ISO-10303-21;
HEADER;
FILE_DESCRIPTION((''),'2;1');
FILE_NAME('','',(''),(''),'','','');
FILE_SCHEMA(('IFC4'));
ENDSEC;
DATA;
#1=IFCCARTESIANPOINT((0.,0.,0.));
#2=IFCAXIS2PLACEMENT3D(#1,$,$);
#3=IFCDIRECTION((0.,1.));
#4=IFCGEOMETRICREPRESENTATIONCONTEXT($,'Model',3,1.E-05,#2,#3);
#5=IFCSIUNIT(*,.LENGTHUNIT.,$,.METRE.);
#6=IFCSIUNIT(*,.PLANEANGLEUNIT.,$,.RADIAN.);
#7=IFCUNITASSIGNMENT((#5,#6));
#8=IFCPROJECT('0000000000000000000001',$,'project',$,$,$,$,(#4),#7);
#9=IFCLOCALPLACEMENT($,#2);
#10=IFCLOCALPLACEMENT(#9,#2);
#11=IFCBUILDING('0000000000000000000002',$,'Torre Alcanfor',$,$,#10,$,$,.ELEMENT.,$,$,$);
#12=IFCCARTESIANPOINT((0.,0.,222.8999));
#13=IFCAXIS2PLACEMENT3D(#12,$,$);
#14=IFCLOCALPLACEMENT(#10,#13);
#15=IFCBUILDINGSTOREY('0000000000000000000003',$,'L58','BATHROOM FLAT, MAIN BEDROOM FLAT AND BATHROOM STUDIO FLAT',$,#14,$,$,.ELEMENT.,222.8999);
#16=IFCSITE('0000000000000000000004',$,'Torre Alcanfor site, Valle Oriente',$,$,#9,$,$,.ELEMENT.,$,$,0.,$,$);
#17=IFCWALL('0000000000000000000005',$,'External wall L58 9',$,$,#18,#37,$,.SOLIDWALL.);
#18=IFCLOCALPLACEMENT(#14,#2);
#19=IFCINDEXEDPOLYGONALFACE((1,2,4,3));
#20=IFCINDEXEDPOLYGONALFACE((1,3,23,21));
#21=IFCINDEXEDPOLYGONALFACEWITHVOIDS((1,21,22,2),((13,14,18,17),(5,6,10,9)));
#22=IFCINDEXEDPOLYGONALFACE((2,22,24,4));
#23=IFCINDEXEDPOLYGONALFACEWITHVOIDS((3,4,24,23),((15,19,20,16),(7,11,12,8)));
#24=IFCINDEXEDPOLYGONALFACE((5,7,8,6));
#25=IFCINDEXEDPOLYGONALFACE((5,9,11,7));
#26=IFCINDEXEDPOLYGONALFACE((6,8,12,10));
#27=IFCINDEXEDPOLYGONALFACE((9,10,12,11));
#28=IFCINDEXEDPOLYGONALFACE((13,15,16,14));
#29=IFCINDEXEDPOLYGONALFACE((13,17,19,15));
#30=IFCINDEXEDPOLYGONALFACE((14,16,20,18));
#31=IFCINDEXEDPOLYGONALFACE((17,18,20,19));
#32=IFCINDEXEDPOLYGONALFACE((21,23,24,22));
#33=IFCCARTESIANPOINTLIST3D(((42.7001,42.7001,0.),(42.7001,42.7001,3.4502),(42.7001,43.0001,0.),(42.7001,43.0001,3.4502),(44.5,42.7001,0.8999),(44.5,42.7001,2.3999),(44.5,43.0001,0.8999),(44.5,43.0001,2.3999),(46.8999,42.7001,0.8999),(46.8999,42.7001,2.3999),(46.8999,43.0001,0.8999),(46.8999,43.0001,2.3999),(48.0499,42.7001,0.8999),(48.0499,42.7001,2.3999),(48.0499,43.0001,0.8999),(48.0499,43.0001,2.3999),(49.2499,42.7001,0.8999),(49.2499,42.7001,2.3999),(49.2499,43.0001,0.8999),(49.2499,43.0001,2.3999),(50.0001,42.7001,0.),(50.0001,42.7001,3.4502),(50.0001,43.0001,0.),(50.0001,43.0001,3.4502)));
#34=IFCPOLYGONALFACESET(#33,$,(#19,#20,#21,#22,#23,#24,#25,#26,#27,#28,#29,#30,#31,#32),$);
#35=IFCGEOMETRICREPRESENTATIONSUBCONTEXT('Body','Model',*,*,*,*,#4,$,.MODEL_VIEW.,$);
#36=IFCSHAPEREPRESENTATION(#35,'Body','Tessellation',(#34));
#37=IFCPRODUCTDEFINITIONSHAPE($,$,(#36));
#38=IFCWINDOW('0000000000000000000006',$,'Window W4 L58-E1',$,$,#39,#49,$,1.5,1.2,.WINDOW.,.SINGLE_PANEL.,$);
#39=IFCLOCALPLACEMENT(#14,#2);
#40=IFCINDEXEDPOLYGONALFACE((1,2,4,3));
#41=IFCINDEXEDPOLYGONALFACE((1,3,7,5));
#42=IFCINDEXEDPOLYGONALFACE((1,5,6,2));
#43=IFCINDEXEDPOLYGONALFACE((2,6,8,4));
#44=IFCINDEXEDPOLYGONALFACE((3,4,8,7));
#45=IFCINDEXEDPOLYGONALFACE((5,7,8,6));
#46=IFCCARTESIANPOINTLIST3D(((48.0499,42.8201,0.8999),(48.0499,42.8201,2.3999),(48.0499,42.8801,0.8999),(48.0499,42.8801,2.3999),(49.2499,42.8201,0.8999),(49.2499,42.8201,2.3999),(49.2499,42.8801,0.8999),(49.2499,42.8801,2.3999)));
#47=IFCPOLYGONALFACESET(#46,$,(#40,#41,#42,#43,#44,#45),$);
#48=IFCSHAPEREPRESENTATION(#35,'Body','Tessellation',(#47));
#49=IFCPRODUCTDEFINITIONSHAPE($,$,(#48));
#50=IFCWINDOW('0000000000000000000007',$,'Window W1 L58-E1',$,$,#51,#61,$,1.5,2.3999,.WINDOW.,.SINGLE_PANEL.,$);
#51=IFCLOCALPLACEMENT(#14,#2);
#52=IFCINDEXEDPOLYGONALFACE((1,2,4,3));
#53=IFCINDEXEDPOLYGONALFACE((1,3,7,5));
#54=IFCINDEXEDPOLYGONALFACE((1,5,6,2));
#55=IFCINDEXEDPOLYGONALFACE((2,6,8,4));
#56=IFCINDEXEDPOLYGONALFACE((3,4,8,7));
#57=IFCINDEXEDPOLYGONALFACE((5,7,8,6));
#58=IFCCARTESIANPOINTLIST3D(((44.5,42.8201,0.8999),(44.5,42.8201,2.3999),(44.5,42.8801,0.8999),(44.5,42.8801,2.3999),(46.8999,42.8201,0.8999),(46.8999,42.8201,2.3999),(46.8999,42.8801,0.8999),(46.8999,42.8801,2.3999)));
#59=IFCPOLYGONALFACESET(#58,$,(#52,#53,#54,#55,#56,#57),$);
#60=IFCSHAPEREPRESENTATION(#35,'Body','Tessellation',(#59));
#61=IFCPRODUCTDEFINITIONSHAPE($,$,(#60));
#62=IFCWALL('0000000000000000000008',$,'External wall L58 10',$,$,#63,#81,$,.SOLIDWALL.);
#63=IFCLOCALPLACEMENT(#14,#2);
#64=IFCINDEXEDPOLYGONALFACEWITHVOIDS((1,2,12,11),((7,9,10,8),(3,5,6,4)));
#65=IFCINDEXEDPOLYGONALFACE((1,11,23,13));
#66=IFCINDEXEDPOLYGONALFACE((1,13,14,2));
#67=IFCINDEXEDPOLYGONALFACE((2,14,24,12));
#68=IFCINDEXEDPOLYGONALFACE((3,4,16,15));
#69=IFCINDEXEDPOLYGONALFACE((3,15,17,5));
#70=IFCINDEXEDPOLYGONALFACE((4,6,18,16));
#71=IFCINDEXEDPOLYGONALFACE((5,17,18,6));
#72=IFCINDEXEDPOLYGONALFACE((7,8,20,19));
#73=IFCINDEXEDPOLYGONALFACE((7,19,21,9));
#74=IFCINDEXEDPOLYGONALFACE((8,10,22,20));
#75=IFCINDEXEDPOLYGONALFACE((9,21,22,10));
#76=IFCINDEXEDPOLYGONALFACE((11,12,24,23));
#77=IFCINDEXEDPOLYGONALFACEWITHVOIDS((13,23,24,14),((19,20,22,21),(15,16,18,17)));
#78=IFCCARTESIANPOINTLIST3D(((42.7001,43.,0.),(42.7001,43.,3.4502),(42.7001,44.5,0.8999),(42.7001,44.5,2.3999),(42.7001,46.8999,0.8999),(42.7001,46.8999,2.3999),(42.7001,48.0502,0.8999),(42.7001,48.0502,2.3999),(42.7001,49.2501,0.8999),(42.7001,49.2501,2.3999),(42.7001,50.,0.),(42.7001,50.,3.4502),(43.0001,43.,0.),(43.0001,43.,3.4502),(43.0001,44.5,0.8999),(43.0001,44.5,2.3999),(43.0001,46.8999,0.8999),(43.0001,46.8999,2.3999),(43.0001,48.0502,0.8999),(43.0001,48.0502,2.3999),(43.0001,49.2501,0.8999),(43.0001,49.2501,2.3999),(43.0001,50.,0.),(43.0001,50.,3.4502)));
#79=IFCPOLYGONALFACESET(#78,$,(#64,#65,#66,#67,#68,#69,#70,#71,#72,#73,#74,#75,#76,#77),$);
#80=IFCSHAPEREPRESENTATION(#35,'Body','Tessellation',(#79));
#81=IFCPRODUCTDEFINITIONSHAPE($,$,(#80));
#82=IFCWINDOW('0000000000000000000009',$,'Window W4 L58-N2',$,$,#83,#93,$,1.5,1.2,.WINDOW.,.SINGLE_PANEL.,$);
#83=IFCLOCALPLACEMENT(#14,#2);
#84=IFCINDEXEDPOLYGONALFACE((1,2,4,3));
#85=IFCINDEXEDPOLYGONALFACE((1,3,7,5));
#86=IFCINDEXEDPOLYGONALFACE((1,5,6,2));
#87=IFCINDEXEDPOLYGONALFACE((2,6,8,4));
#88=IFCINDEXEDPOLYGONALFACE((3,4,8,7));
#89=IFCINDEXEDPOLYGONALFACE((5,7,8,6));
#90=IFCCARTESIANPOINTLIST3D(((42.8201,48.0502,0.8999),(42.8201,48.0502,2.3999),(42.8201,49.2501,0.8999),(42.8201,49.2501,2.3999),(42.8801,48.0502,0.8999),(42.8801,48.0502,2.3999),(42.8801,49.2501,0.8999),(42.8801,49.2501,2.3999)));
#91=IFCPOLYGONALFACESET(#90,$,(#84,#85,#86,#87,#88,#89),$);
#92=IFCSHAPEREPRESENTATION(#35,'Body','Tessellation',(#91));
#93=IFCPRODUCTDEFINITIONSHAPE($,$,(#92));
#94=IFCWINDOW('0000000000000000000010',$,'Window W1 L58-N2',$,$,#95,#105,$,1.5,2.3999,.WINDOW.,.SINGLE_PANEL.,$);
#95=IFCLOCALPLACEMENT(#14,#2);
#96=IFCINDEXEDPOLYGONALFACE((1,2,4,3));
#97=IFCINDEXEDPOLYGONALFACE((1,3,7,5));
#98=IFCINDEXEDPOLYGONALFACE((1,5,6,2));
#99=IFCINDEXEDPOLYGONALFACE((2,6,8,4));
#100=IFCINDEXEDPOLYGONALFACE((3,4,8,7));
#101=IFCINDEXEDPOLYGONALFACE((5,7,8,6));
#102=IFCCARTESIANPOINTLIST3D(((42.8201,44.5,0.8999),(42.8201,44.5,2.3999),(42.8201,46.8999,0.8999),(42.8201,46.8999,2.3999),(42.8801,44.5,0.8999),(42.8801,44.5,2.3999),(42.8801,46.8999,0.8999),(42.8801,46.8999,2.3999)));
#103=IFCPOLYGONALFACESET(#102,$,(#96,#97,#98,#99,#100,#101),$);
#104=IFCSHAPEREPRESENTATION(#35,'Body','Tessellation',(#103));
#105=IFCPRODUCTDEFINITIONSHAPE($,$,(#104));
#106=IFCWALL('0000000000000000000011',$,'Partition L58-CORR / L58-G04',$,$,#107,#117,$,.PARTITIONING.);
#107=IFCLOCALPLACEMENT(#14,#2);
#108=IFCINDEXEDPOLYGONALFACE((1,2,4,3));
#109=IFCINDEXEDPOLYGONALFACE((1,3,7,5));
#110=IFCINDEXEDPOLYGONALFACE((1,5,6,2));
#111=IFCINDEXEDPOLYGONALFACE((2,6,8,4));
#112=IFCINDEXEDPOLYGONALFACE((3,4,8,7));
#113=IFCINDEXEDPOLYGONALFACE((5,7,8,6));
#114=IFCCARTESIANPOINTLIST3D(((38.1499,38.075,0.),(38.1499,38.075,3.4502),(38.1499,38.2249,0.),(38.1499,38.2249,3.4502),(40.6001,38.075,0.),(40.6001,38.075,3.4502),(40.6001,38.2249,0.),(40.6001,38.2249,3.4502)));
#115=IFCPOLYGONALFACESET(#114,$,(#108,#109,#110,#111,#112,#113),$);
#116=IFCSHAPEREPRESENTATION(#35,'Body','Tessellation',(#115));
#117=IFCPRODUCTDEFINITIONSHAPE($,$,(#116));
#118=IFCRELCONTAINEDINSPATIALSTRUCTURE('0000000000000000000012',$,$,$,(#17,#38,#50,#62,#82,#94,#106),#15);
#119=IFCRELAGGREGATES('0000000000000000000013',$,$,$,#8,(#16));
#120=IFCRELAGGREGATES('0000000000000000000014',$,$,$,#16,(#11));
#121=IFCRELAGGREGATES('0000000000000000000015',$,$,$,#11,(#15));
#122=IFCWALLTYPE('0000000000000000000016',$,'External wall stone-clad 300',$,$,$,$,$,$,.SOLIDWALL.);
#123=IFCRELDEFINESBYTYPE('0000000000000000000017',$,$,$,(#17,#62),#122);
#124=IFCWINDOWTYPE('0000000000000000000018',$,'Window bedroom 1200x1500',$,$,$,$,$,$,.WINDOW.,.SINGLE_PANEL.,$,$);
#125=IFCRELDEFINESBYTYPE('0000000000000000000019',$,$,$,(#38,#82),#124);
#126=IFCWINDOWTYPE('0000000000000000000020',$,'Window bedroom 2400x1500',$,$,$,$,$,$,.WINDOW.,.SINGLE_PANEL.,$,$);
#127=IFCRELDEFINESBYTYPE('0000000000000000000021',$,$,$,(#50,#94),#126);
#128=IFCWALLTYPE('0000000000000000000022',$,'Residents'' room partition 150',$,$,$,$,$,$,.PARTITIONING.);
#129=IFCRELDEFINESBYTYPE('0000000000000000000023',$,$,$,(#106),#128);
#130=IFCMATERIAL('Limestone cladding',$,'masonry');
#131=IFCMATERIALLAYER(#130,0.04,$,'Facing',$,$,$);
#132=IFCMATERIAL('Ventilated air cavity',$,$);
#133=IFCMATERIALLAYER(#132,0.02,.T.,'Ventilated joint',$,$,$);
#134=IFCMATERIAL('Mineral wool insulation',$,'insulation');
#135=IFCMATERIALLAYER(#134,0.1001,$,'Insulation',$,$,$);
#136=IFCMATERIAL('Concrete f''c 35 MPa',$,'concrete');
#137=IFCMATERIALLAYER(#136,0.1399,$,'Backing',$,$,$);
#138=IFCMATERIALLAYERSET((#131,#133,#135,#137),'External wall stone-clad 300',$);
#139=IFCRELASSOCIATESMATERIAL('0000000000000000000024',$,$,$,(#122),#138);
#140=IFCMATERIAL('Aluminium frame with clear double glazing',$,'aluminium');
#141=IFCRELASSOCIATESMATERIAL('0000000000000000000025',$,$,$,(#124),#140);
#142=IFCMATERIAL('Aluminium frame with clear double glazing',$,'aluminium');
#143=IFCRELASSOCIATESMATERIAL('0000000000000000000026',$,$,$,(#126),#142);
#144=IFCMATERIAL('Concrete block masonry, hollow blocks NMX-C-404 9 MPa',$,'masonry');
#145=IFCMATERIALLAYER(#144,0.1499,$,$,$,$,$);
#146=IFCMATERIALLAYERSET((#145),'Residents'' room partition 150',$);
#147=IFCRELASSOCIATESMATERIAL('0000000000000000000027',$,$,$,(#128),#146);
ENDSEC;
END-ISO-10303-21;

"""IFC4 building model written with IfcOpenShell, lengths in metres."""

from ifc_helpers import new_model, si_unit, direction, frame, frame_2d, origin, place, context, subcontext, project, spatial, rectangle, extrude, material, layer, layer_set, type_object, element, fill, save


model = new_model("IFC4")

# Units and contexts
model_context = context("Model", 3, precision=1e-05, world=origin(), true_north=direction((0.0, 1.0)))
body_context = subcontext(model_context, "Body", "Model", "MODEL_VIEW")
ifc_project = project(units=[si_unit("LENGTHUNIT", "METRE"), si_unit("PLANEANGLEUNIT", "RADIAN")], contexts=[model_context])

# Site, building, storey
site_placement = place(None, origin())
site = spatial("IfcSite", under=ifc_project, at=site_placement, Name="Torre Alcanfor site, Valle Oriente", CompositionType="ELEMENT", RefElevation=0.0)
building_placement = place(site_placement, origin())
building = spatial("IfcBuilding", under=site, at=building_placement, Name="Torre Alcanfor", CompositionType="ELEMENT")
storey_placement = place(building_placement, frame((0.0, 0.0, 222.8999)))
storey = spatial("IfcBuildingStorey", under=building, at=storey_placement, Name="L58", Description="BATHROOM FLAT, MAIN BEDROOM FLAT AND BATHROOM STUDIO FLAT", CompositionType="ELEMENT", Elevation=222.8999)

# Walls, openings, windows
ifc_material_1 = material(Name="Limestone cladding", Category="masonry")
ifc_layer_1 = layer(ifc_material_1, 0.04, Name="Facing")
ifc_material_2 = material(Name="Ventilated air cavity")
ifc_layer_2 = layer(ifc_material_2, 0.02, ventilated=True, Name="Ventilated joint")
ifc_material_3 = material(Name="Mineral wool insulation", Category="insulation")
ifc_layer_3 = layer(ifc_material_3, 0.1001, Name="Insulation")
ifc_material_4 = material(Name="Concrete f'c 35 MPa", Category="concrete")
ifc_layer_4 = layer(ifc_material_4, 0.1399, Name="Backing")
ifc_layer_set_1 = layer_set([ifc_layer_1, ifc_layer_2, ifc_layer_3, ifc_layer_4], Name="External wall stone-clad 300")
wall_type_1 = type_object("IfcWallType", Name="External wall stone-clad 300", PredefinedType="SOLIDWALL", material=ifc_layer_set_1)
wall_1_placement = place(storey_placement, frame((50.0, 42.8501, 0.0), z_axis=(0.0, 0.0, 1.0), x_axis=(-1.0, 0.0, 0.0)))
wall_1 = element("IfcWall", 1, at=wall_1_placement, inside=storey, type_object=wall_type_1, Name="External wall L58 9", PredefinedType="SOLIDWALL", context=body_context, shape_type="SweptSolid", body=[
    extrude(rectangle(XDim=7.3, YDim=0.3, at=frame_2d((3.6499, 0.0))), origin(), (0.0, 0.0, 1.0), 3.4502),
])
opening_1_placement = place(wall_1_placement, frame((3.1001, 0.0, 0.8999)))
opening_1 = element("IfcOpeningElement", 2, at=opening_1_placement, cuts=wall_1, PredefinedType="OPENING", context=body_context, shape_type="SweptSolid", body=[
    extrude(rectangle(XDim=2.3999, YDim=1.5, at=frame_2d((1.2, 0.75))), frame((0.0, 0.1599, 0.0), z_axis=(0.0, -1.0, 0.0), x_axis=(1.0, 0.0, 0.0)), (0.0, 0.0, 1.0), 0.3201),
])
opening_2_placement = place(wall_1_placement, frame((0.75, 0.0, 0.8999)))
opening_2 = element("IfcOpeningElement", 3, at=opening_2_placement, cuts=wall_1, PredefinedType="OPENING", context=body_context, shape_type="SweptSolid", body=[
    extrude(rectangle(XDim=1.2, YDim=1.5, at=frame_2d((0.6001, 0.75))), frame((0.0, 0.1599, 0.0), z_axis=(0.0, -1.0, 0.0), x_axis=(1.0, 0.0, 0.0)), (0.0, 0.0, 1.0), 0.3201),
])
ifc_material_5 = material(Name="Aluminium frame with clear double glazing", Category="aluminium")
window_type_1 = type_object("IfcWindowType", Name="Window bedroom 1200x1500", PartitioningType="SINGLE_PANEL", PredefinedType="WINDOW", material=ifc_material_5)
window_1_placement = place(opening_2_placement, origin())
window_1 = element("IfcWindow", 4, at=window_1_placement, inside=storey, type_object=window_type_1, Name="Window W4 L58-E1", OverallHeight=1.5, OverallWidth=1.2, PartitioningType="SINGLE_PANEL", PredefinedType="WINDOW", context=body_context, shape_type="SweptSolid", body=[
    extrude(rectangle(XDim=1.2, YDim=1.5, at=frame_2d((0.6001, 0.75))), frame((0.0, 0.03, 0.0), z_axis=(0.0, -1.0, 0.0), x_axis=(1.0, 0.0, 0.0)), (0.0, 0.0, 1.0), 0.0601),
])
fill(opening_2, window_1)
ifc_material_6 = material(Name="Aluminium frame with clear double glazing", Category="aluminium")
window_type_2 = type_object("IfcWindowType", Name="Window bedroom 2400x1500", PartitioningType="SINGLE_PANEL", PredefinedType="WINDOW", material=ifc_material_6)
window_2_placement = place(opening_1_placement, origin())
window_2 = element("IfcWindow", 5, at=window_2_placement, inside=storey, type_object=window_type_2, Name="Window W1 L58-E1", OverallHeight=1.5, OverallWidth=2.3999, PartitioningType="SINGLE_PANEL", PredefinedType="WINDOW", context=body_context, shape_type="SweptSolid", body=[
    extrude(rectangle(XDim=2.3999, YDim=1.5, at=frame_2d((1.2, 0.75))), frame((0.0, 0.03, 0.0), z_axis=(0.0, -1.0, 0.0), x_axis=(1.0, 0.0, 0.0)), (0.0, 0.0, 1.0), 0.0601),
])
fill(opening_1, window_2)
wall_2_placement = place(storey_placement, frame((42.8501, 43.0, 0.0), z_axis=(0.0, 0.0, 1.0), x_axis=(0.0, 1.0, 0.0)))
wall_2 = element("IfcWall", 6, at=wall_2_placement, inside=storey, type_object=wall_type_1, Name="External wall L58 10", PredefinedType="SOLIDWALL", context=body_context, shape_type="SweptSolid", body=[
    extrude(rectangle(XDim=7.0, YDim=0.3, at=frame_2d((3.5, 0.0))), origin(), (0.0, 0.0, 1.0), 3.4502),
])
opening_3_placement = place(wall_2_placement, frame((1.5, 0.0, 0.8999)))
opening_3 = element("IfcOpeningElement", 7, at=opening_3_placement, cuts=wall_2, PredefinedType="OPENING", context=body_context, shape_type="SweptSolid", body=[
    extrude(rectangle(XDim=2.3999, YDim=1.5, at=frame_2d((1.2, 0.75))), frame((0.0, 0.1599, 0.0), z_axis=(0.0, -1.0, 0.0), x_axis=(1.0, 0.0, 0.0)), (0.0, 0.0, 1.0), 0.3201),
])
opening_4_placement = place(wall_2_placement, frame((5.05, 0.0, 0.8999)))
opening_4 = element("IfcOpeningElement", 8, at=opening_4_placement, cuts=wall_2, PredefinedType="OPENING", context=body_context, shape_type="SweptSolid", body=[
    extrude(rectangle(XDim=1.2, YDim=1.5, at=frame_2d((0.6001, 0.75))), frame((0.0, 0.1599, 0.0), z_axis=(0.0, -1.0, 0.0), x_axis=(1.0, 0.0, 0.0)), (0.0, 0.0, 1.0), 0.3201),
])
window_3_placement = place(opening_4_placement, origin())
window_3 = element("IfcWindow", 9, at=window_3_placement, inside=storey, type_object=window_type_1, Name="Window W4 L58-N2", OverallHeight=1.5, OverallWidth=1.2, PartitioningType="SINGLE_PANEL", PredefinedType="WINDOW", context=body_context, shape_type="SweptSolid", body=[
    extrude(rectangle(XDim=1.2, YDim=1.5, at=frame_2d((0.6001, 0.75))), frame((0.0, 0.03, 0.0), z_axis=(0.0, -1.0, 0.0), x_axis=(1.0, 0.0, 0.0)), (0.0, 0.0, 1.0), 0.0601),
])
fill(opening_4, window_3)
window_4_placement = place(opening_3_placement, origin())
window_4 = element("IfcWindow", 10, at=window_4_placement, inside=storey, type_object=window_type_2, Name="Window W1 L58-N2", OverallHeight=1.5, OverallWidth=2.3999, PartitioningType="SINGLE_PANEL", PredefinedType="WINDOW", context=body_context, shape_type="SweptSolid", body=[
    extrude(rectangle(XDim=2.3999, YDim=1.5, at=frame_2d((1.2, 0.75))), frame((0.0, 0.03, 0.0), z_axis=(0.0, -1.0, 0.0), x_axis=(1.0, 0.0, 0.0)), (0.0, 0.0, 1.0), 0.0601),
])
fill(opening_3, window_4)

# Wall
ifc_material_7 = material(Name="Concrete block masonry, hollow blocks NMX-C-404 9 MPa", Category="masonry")
ifc_layer_5 = layer(ifc_material_7, 0.1499)
ifc_layer_set_2 = layer_set([ifc_layer_5], Name="Residents' room partition 150")
wall_type_2 = type_object("IfcWallType", Name="Residents' room partition 150", PredefinedType="PARTITIONING", material=ifc_layer_set_2)
wall_3_placement = place(storey_placement, frame((40.6001, 38.1499, 0.0), z_axis=(0.0, 0.0, 1.0), x_axis=(-1.0, 0.0, 0.0)))
element("IfcWall", 11, at=wall_3_placement, inside=storey, type_object=wall_type_2, Name="Partition L58-CORR / L58-G04", PredefinedType="PARTITIONING", context=body_context, shape_type="SweptSolid", body=[
    extrude(rectangle(XDim=2.4502, YDim=0.1499, at=frame_2d((1.2251, 0.0))), origin(), (0.0, 0.0, 1.0), 3.4502),
])

save(model, "model.ifc")
